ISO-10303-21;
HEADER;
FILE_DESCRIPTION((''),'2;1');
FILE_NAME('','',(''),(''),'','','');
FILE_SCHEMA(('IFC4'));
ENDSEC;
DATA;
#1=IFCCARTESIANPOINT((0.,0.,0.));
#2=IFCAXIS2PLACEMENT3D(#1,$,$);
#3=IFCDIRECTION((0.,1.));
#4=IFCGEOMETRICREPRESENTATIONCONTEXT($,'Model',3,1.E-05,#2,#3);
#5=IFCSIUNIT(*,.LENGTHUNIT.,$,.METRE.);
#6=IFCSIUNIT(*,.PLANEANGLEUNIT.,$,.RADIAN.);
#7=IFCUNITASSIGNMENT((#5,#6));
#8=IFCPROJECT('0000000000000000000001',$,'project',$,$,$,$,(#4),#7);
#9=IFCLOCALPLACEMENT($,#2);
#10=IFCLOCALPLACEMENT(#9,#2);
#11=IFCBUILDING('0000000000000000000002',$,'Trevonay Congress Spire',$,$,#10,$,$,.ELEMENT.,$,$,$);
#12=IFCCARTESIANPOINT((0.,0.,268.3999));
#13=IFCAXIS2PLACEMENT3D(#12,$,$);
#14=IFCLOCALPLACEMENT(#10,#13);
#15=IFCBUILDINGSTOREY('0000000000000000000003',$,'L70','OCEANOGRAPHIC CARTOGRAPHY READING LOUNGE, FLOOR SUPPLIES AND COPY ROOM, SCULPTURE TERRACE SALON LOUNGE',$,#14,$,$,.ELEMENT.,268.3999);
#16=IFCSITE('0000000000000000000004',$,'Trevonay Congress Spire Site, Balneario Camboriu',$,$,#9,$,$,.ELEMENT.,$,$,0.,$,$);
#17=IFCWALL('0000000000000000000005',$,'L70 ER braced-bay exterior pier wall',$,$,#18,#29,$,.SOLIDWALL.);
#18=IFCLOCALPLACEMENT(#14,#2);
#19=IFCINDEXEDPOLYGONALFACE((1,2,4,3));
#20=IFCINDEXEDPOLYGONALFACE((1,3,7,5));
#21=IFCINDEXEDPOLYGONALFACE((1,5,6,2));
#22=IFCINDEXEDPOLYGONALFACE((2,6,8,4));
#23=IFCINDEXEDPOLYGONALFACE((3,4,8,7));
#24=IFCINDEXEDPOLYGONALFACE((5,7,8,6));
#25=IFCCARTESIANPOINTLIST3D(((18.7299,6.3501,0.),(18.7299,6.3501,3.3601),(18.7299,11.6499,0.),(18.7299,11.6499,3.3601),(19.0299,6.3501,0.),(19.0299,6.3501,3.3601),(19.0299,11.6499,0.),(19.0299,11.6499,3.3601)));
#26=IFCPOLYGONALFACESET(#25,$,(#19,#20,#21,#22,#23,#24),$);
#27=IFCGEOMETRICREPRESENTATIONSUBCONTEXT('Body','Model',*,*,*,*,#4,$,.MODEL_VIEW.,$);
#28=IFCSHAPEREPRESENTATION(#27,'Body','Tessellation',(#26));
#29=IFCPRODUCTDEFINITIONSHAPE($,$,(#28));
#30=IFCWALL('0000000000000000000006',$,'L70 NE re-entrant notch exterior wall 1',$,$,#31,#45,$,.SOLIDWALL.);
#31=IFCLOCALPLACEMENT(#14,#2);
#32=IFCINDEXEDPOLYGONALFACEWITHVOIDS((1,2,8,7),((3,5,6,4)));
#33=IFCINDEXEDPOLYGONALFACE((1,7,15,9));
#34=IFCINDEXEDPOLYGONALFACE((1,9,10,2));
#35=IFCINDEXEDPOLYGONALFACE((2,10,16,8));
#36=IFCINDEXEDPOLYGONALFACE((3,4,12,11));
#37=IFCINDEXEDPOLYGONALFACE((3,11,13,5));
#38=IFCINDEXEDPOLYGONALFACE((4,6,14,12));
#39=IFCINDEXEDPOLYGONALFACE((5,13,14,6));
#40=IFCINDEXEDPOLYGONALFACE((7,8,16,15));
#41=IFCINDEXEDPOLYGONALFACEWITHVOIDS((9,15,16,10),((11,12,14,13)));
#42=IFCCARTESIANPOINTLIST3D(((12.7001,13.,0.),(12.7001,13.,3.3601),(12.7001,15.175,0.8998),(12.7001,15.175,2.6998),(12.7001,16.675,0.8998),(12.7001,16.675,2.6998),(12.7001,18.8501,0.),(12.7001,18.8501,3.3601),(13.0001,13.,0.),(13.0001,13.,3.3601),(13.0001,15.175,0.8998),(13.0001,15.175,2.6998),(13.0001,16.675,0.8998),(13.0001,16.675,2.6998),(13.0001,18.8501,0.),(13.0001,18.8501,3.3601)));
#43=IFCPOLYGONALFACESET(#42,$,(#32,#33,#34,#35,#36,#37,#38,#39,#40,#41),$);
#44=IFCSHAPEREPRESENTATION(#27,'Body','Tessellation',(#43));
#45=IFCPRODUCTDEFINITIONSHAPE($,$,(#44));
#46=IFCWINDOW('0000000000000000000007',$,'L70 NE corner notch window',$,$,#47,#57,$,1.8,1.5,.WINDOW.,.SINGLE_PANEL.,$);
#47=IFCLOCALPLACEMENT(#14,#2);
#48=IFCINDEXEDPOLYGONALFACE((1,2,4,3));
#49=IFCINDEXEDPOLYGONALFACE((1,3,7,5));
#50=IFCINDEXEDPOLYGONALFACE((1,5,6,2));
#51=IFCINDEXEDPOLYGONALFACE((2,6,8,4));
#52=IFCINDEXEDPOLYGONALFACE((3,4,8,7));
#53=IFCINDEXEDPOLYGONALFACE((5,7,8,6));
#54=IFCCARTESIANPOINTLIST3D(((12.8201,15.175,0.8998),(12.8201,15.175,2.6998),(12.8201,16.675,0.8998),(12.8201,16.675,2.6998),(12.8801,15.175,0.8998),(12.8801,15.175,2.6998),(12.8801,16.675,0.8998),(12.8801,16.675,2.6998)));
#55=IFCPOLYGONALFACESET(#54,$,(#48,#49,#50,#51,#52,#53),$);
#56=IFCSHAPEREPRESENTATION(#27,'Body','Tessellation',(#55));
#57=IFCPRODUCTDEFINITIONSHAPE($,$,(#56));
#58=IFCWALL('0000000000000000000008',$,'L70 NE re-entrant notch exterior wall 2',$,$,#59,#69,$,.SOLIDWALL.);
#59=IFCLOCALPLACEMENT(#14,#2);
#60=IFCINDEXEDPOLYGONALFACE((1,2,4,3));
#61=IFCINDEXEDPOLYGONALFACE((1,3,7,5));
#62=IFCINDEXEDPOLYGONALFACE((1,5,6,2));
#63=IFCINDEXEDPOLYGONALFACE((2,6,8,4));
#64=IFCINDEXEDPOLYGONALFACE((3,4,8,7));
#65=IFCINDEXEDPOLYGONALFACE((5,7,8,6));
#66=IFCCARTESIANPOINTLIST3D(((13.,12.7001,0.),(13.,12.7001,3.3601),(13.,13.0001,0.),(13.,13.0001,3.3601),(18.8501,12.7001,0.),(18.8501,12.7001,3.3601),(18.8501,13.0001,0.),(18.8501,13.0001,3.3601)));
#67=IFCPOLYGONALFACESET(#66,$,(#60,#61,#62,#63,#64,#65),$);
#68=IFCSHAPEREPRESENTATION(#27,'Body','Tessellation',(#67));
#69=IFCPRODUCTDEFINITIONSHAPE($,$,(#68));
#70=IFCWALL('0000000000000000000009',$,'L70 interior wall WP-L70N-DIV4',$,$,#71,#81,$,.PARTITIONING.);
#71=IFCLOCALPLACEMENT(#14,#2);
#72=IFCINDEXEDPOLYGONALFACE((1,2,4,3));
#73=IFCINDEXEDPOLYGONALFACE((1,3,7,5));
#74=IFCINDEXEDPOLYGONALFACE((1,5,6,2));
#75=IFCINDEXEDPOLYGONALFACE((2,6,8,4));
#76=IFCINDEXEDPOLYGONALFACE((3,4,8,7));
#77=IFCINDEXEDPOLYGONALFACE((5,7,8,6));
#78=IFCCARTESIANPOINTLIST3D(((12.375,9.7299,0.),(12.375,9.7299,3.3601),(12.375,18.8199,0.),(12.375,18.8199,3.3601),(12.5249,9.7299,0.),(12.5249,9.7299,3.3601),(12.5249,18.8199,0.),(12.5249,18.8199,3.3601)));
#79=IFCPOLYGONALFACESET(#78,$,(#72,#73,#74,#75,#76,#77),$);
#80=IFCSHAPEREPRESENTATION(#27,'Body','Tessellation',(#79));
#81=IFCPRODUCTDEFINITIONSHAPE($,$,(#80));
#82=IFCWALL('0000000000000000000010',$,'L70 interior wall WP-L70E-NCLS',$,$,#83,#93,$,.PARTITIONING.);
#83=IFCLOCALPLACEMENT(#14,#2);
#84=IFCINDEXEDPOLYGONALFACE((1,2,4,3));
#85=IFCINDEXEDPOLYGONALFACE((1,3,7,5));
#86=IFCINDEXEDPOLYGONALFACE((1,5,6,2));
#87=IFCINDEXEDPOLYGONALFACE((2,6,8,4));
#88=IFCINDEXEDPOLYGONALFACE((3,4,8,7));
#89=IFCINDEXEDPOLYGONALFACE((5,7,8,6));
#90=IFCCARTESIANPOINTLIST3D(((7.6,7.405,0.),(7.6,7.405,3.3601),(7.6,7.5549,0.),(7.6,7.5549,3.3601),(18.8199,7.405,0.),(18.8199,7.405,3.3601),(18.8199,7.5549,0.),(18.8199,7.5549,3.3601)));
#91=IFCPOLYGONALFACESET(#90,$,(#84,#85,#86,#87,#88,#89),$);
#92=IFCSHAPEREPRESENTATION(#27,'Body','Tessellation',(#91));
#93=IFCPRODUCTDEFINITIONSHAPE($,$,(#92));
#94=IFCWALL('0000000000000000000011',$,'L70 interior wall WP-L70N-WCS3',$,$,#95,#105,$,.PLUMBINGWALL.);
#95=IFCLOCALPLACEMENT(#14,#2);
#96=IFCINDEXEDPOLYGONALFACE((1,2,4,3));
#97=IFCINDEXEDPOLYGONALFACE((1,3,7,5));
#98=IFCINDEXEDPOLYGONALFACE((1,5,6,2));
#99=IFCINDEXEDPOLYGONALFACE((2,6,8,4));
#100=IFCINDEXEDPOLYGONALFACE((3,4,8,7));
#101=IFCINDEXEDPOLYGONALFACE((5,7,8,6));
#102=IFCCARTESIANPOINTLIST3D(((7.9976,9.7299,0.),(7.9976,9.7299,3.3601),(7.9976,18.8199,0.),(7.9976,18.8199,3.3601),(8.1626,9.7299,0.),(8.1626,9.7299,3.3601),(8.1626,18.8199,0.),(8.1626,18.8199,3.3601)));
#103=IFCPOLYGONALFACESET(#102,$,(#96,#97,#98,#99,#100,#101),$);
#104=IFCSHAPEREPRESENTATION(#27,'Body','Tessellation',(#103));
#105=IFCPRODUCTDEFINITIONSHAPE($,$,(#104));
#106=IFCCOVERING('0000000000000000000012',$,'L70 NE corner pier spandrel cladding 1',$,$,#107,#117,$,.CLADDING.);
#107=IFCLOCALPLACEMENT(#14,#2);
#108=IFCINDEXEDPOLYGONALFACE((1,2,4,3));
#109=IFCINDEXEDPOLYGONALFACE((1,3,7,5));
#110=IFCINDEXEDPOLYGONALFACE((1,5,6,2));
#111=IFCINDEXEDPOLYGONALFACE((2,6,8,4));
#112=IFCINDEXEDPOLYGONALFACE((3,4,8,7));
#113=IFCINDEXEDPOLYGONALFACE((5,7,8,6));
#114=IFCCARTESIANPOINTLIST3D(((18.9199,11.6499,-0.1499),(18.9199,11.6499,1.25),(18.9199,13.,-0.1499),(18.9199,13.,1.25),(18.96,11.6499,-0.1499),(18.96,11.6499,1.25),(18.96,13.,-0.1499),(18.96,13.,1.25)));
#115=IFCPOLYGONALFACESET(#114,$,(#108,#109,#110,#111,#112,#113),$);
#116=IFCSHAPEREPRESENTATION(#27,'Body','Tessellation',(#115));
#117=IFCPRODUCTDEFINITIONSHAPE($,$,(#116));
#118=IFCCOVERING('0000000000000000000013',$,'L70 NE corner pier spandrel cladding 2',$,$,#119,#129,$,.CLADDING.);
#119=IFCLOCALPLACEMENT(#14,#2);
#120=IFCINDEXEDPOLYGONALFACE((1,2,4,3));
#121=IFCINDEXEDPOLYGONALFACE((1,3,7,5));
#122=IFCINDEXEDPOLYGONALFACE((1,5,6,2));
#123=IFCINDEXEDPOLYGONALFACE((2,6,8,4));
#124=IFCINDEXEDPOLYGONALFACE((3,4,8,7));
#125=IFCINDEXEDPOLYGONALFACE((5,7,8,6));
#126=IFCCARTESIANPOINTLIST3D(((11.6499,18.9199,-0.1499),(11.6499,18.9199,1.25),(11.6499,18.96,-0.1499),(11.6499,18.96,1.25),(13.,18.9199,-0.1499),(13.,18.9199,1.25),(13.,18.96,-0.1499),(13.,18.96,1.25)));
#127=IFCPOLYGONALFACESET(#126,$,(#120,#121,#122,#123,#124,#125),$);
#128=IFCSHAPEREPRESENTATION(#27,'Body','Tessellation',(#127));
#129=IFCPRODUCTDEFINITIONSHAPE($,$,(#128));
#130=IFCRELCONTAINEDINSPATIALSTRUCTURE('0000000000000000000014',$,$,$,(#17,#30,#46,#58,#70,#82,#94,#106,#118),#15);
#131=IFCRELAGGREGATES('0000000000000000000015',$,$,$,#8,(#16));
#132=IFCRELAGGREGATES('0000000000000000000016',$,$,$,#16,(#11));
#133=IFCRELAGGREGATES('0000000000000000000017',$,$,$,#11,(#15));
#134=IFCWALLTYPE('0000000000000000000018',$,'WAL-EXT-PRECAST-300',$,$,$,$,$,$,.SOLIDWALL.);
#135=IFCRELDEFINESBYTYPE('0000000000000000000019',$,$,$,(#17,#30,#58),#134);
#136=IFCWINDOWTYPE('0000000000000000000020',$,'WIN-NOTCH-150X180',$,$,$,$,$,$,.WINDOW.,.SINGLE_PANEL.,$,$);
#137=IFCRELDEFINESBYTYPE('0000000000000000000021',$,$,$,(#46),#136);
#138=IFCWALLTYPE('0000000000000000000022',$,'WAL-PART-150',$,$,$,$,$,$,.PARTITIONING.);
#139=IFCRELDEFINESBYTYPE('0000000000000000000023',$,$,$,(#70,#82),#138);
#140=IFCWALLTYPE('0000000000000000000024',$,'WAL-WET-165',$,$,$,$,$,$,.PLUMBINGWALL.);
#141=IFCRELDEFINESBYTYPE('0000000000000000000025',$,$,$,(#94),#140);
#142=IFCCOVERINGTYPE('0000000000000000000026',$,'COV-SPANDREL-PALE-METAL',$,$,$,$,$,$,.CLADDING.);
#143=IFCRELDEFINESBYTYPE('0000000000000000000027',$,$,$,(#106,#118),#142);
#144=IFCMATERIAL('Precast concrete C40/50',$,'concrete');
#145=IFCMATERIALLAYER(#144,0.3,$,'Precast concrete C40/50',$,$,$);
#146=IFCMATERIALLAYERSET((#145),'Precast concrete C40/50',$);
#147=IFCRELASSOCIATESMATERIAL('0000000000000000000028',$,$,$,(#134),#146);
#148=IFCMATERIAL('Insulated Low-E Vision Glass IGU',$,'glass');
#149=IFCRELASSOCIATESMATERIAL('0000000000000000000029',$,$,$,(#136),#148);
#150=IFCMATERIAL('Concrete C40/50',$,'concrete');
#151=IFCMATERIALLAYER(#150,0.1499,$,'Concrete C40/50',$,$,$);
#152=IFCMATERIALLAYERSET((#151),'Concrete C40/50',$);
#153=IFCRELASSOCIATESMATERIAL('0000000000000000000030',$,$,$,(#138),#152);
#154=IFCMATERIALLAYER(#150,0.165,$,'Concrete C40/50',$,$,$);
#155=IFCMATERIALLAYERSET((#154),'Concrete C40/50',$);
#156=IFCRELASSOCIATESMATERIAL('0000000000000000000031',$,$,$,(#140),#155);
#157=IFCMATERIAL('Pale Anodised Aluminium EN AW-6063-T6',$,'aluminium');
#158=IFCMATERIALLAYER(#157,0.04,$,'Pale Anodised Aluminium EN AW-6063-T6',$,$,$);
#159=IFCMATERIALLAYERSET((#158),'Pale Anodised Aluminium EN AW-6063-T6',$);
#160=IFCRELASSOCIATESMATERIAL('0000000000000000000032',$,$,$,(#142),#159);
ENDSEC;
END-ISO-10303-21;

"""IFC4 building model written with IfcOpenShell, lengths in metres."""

from ifc_helpers import new_model, si_unit, direction, frame, frame_2d, origin, place, context, subcontext, project, spatial, rectangle, extrude, material, layer, layer_set, type_object, element, fill, save


model = new_model("IFC4")

# Units and contexts
model_context = context("Model", 3, precision=1e-05, world=origin(), true_north=direction((0.0, 1.0)))
body_context = subcontext(model_context, "Body", "Model", "MODEL_VIEW")
ifc_project = project(units=[si_unit("LENGTHUNIT", "METRE"), si_unit("PLANEANGLEUNIT", "RADIAN")], contexts=[model_context])

# Site, building, storey
site_placement = place(None, origin())
site = spatial("IfcSite", under=ifc_project, at=site_placement, Name="Trevonay Congress Spire Site, Balneario Camboriu", CompositionType="ELEMENT", RefElevation=0.0)
building_placement = place(site_placement, origin())
building = spatial("IfcBuilding", under=site, at=building_placement, Name="Trevonay Congress Spire", CompositionType="ELEMENT")
storey_placement = place(building_placement, frame((0.0, 0.0, 268.3999)))
storey = spatial("IfcBuildingStorey", under=building, at=storey_placement, Name="L70", Description="OCEANOGRAPHIC CARTOGRAPHY READING LOUNGE, FLOOR SUPPLIES AND COPY ROOM, SCULPTURE TERRACE SALON LOUNGE", CompositionType="ELEMENT", Elevation=268.3999)

# Shared definitions
ifc_material_1 = material(Name="Pale Anodised Aluminium EN AW-6063-T6", Category="aluminium")

# Shared definitions
ifc_material_2 = material(Name="Insulated Low-E Vision Glass IGU", Category="glass")

# Wall
ifc_material_3 = material(Name="Precast concrete C40/50", Category="concrete")
ifc_layer_1 = layer(ifc_material_3, 0.3, Name="Precast concrete C40/50")
ifc_layer_set_1 = layer_set([ifc_layer_1], Name="Precast concrete C40/50")
wall_type_1 = type_object("IfcWallType", Name="WAL-EXT-PRECAST-300", PredefinedType="SOLIDWALL", material=ifc_layer_set_1)
for number, where, z_axis, x_axis, name in (
    (1, (18.8799, 6.3501, 0.0), (0.0, 0.0, 1.0), (0.0, 1.0, 0.0), "L70 ER braced-bay exterior pier wall"),
):
    element("IfcWall", number, at=place(storey_placement, frame(where, z_axis=z_axis, x_axis=x_axis)), inside=storey, type_object=wall_type_1, Name=name, PredefinedType="SOLIDWALL", context=body_context, shape_type="SweptSolid", body=[
        extrude(rectangle(XDim=5.2998, YDim=0.3, at=frame_2d((2.6499, 0.0))), origin(), (0.0, 0.0, 1.0), 3.3601),
    ])

# Wall, opening, window
wall_1_placement = place(storey_placement, frame((12.8501, 18.8501, 0.0), z_axis=(0.0, 0.0, 1.0), x_axis=(0.0, -1.0, 0.0)))
wall_1 = element("IfcWall", 2, at=wall_1_placement, inside=storey, type_object=wall_type_1, Name="L70 NE re-entrant notch exterior wall 1", PredefinedType="SOLIDWALL", context=body_context, shape_type="SweptSolid", body=[
    extrude(rectangle(XDim=5.8501, YDim=0.3, at=frame_2d((2.925, 0.0))), origin(), (0.0, 0.0, 1.0), 3.3601),
])
opening_placement = place(wall_1_placement, frame((2.175, 0.0, 0.8999)))
opening = element("IfcOpeningElement", 3, at=opening_placement, cuts=wall_1, PredefinedType="OPENING", context=body_context, shape_type="SweptSolid", body=[
    extrude(rectangle(XDim=1.5, YDim=1.8, at=frame_2d((0.75, 0.8999))), frame((0.0, 0.1602, 0.0), z_axis=(0.0, -1.0, 0.0), x_axis=(1.0, 0.0, 0.0)), (0.0, 0.0, 1.0), 0.3201),
])
window_type = type_object("IfcWindowType", Name="WIN-NOTCH-150X180", PartitioningType="SINGLE_PANEL", PredefinedType="WINDOW", material=ifc_material_2)
window_placement = place(opening_placement, origin())
window = element("IfcWindow", 4, at=window_placement, inside=storey, type_object=window_type, Name="L70 NE corner notch window", OverallHeight=1.8, OverallWidth=1.5, PartitioningType="SINGLE_PANEL", PredefinedType="WINDOW", context=body_context, shape_type="SweptSolid", body=[
    extrude(rectangle(XDim=1.5, YDim=1.8, at=frame_2d((0.75, 0.8999))), frame((0.0, 0.03, 0.0), z_axis=(0.0, -1.0, 0.0), x_axis=(1.0, 0.0, 0.0)), (0.0, 0.0, 1.0), 0.0601),
])
fill(opening, window)

# Walls
wall_2_placement = place(storey_placement, frame((18.8501, 12.8501, 0.0), z_axis=(0.0, 0.0, 1.0), x_axis=(-1.0, 0.0, 0.0)))
element("IfcWall", 5, at=wall_2_placement, inside=storey, type_object=wall_type_1, Name="L70 NE re-entrant notch exterior wall 2", PredefinedType="SOLIDWALL", context=body_context, shape_type="SweptSolid", body=[
    extrude(rectangle(XDim=5.8501, YDim=0.3, at=frame_2d((2.925, 0.0))), origin(), (0.0, 0.0, 1.0), 3.3601),
])
ifc_material_4 = material(Name="Concrete C40/50", Category="concrete")
ifc_layer_2 = layer(ifc_material_4, 0.1499, Name="Concrete C40/50")
ifc_layer_set_2 = layer_set([ifc_layer_2], Name="Concrete C40/50")
wall_type_2 = type_object("IfcWallType", Name="WAL-PART-150", PredefinedType="PARTITIONING", material=ifc_layer_set_2)
wall_3_placement = place(storey_placement, frame((12.45, 9.73, 0.0), z_axis=(0.0, 0.0, 1.0), x_axis=(0.0, 1.0, 0.0)))
element("IfcWall", 6, at=wall_3_placement, inside=storey, type_object=wall_type_2, Name="L70 interior wall WP-L70N-DIV4", PredefinedType="PARTITIONING", context=body_context, shape_type="SweptSolid", body=[
    extrude(rectangle(XDim=9.0901, YDim=0.1499, at=frame_2d((4.5449, 0.0))), origin(), (0.0, 0.0, 1.0), 3.3601),
])
wall_4_placement = place(storey_placement, frame((7.6001, 7.48, 0.0), z_axis=(0.0, 0.0, 1.0), x_axis=(1.0, 0.0, 0.0)))
element("IfcWall", 7, at=wall_4_placement, inside=storey, type_object=wall_type_2, Name="L70 interior wall WP-L70E-NCLS", PredefinedType="PARTITIONING", context=body_context, shape_type="SweptSolid", body=[
    extrude(rectangle(XDim=11.22, YDim=0.1499, at=frame_2d((5.6099, 0.0))), origin(), (0.0, 0.0, 1.0), 3.3601),
])
ifc_layer_3 = layer(ifc_material_4, 0.165, Name="Concrete C40/50")
ifc_layer_set_3 = layer_set([ifc_layer_3], Name="Concrete C40/50")
wall_type_3 = type_object("IfcWallType", Name="WAL-WET-165", PredefinedType="PLUMBINGWALL", material=ifc_layer_set_3)
wall_5_placement = place(storey_placement, frame((8.0801, 9.73, 0.0), z_axis=(0.0, 0.0, 1.0), x_axis=(0.0, 1.0, 0.0)))
element("IfcWall", 8, at=wall_5_placement, inside=storey, type_object=wall_type_3, Name="L70 interior wall WP-L70N-WCS3", PredefinedType="PLUMBINGWALL", context=body_context, shape_type="SweptSolid", body=[
    extrude(rectangle(XDim=9.0901, YDim=0.165, at=frame_2d((4.5449, 0.0))), origin(), (0.0, 0.0, 1.0), 3.3601),
])

# Coverings
ifc_layer_4 = layer(ifc_material_1, 0.04, Name="Pale Anodised Aluminium EN AW-6063-T6")
ifc_layer_set_4 = layer_set([ifc_layer_4], Name="Pale Anodised Aluminium EN AW-6063-T6")
covering_type = type_object("IfcCoveringType", Name="COV-SPANDREL-PALE-METAL", PredefinedType="CLADDING", material=ifc_layer_set_4)
for number, where, z_axis, x_axis, name in (
    (9, (18.9399, 11.6499, -0.1499), (0.0, 0.0, 1.0), (0.0, 1.0, 0.0), "L70 NE corner pier spandrel cladding 1"),
    (10, (11.6499, 18.9399, -0.1499), (0.0, 0.0, 1.0), (1.0, 0.0, 0.0), "L70 NE corner pier spandrel cladding 2"),
):
    element("IfcCovering", number, at=place(storey_placement, frame(where, z_axis=z_axis, x_axis=x_axis)), inside=storey, type_object=covering_type, Name=name, PredefinedType="CLADDING", context=body_context, shape_type="SweptSolid", body=[
        extrude(rectangle(XDim=1.3501, YDim=0.04, at=frame_2d((0.675, 0.0))), origin(), (0.0, 0.0, 1.0), 1.3999),
    ])

save(model, "model.ifc")
